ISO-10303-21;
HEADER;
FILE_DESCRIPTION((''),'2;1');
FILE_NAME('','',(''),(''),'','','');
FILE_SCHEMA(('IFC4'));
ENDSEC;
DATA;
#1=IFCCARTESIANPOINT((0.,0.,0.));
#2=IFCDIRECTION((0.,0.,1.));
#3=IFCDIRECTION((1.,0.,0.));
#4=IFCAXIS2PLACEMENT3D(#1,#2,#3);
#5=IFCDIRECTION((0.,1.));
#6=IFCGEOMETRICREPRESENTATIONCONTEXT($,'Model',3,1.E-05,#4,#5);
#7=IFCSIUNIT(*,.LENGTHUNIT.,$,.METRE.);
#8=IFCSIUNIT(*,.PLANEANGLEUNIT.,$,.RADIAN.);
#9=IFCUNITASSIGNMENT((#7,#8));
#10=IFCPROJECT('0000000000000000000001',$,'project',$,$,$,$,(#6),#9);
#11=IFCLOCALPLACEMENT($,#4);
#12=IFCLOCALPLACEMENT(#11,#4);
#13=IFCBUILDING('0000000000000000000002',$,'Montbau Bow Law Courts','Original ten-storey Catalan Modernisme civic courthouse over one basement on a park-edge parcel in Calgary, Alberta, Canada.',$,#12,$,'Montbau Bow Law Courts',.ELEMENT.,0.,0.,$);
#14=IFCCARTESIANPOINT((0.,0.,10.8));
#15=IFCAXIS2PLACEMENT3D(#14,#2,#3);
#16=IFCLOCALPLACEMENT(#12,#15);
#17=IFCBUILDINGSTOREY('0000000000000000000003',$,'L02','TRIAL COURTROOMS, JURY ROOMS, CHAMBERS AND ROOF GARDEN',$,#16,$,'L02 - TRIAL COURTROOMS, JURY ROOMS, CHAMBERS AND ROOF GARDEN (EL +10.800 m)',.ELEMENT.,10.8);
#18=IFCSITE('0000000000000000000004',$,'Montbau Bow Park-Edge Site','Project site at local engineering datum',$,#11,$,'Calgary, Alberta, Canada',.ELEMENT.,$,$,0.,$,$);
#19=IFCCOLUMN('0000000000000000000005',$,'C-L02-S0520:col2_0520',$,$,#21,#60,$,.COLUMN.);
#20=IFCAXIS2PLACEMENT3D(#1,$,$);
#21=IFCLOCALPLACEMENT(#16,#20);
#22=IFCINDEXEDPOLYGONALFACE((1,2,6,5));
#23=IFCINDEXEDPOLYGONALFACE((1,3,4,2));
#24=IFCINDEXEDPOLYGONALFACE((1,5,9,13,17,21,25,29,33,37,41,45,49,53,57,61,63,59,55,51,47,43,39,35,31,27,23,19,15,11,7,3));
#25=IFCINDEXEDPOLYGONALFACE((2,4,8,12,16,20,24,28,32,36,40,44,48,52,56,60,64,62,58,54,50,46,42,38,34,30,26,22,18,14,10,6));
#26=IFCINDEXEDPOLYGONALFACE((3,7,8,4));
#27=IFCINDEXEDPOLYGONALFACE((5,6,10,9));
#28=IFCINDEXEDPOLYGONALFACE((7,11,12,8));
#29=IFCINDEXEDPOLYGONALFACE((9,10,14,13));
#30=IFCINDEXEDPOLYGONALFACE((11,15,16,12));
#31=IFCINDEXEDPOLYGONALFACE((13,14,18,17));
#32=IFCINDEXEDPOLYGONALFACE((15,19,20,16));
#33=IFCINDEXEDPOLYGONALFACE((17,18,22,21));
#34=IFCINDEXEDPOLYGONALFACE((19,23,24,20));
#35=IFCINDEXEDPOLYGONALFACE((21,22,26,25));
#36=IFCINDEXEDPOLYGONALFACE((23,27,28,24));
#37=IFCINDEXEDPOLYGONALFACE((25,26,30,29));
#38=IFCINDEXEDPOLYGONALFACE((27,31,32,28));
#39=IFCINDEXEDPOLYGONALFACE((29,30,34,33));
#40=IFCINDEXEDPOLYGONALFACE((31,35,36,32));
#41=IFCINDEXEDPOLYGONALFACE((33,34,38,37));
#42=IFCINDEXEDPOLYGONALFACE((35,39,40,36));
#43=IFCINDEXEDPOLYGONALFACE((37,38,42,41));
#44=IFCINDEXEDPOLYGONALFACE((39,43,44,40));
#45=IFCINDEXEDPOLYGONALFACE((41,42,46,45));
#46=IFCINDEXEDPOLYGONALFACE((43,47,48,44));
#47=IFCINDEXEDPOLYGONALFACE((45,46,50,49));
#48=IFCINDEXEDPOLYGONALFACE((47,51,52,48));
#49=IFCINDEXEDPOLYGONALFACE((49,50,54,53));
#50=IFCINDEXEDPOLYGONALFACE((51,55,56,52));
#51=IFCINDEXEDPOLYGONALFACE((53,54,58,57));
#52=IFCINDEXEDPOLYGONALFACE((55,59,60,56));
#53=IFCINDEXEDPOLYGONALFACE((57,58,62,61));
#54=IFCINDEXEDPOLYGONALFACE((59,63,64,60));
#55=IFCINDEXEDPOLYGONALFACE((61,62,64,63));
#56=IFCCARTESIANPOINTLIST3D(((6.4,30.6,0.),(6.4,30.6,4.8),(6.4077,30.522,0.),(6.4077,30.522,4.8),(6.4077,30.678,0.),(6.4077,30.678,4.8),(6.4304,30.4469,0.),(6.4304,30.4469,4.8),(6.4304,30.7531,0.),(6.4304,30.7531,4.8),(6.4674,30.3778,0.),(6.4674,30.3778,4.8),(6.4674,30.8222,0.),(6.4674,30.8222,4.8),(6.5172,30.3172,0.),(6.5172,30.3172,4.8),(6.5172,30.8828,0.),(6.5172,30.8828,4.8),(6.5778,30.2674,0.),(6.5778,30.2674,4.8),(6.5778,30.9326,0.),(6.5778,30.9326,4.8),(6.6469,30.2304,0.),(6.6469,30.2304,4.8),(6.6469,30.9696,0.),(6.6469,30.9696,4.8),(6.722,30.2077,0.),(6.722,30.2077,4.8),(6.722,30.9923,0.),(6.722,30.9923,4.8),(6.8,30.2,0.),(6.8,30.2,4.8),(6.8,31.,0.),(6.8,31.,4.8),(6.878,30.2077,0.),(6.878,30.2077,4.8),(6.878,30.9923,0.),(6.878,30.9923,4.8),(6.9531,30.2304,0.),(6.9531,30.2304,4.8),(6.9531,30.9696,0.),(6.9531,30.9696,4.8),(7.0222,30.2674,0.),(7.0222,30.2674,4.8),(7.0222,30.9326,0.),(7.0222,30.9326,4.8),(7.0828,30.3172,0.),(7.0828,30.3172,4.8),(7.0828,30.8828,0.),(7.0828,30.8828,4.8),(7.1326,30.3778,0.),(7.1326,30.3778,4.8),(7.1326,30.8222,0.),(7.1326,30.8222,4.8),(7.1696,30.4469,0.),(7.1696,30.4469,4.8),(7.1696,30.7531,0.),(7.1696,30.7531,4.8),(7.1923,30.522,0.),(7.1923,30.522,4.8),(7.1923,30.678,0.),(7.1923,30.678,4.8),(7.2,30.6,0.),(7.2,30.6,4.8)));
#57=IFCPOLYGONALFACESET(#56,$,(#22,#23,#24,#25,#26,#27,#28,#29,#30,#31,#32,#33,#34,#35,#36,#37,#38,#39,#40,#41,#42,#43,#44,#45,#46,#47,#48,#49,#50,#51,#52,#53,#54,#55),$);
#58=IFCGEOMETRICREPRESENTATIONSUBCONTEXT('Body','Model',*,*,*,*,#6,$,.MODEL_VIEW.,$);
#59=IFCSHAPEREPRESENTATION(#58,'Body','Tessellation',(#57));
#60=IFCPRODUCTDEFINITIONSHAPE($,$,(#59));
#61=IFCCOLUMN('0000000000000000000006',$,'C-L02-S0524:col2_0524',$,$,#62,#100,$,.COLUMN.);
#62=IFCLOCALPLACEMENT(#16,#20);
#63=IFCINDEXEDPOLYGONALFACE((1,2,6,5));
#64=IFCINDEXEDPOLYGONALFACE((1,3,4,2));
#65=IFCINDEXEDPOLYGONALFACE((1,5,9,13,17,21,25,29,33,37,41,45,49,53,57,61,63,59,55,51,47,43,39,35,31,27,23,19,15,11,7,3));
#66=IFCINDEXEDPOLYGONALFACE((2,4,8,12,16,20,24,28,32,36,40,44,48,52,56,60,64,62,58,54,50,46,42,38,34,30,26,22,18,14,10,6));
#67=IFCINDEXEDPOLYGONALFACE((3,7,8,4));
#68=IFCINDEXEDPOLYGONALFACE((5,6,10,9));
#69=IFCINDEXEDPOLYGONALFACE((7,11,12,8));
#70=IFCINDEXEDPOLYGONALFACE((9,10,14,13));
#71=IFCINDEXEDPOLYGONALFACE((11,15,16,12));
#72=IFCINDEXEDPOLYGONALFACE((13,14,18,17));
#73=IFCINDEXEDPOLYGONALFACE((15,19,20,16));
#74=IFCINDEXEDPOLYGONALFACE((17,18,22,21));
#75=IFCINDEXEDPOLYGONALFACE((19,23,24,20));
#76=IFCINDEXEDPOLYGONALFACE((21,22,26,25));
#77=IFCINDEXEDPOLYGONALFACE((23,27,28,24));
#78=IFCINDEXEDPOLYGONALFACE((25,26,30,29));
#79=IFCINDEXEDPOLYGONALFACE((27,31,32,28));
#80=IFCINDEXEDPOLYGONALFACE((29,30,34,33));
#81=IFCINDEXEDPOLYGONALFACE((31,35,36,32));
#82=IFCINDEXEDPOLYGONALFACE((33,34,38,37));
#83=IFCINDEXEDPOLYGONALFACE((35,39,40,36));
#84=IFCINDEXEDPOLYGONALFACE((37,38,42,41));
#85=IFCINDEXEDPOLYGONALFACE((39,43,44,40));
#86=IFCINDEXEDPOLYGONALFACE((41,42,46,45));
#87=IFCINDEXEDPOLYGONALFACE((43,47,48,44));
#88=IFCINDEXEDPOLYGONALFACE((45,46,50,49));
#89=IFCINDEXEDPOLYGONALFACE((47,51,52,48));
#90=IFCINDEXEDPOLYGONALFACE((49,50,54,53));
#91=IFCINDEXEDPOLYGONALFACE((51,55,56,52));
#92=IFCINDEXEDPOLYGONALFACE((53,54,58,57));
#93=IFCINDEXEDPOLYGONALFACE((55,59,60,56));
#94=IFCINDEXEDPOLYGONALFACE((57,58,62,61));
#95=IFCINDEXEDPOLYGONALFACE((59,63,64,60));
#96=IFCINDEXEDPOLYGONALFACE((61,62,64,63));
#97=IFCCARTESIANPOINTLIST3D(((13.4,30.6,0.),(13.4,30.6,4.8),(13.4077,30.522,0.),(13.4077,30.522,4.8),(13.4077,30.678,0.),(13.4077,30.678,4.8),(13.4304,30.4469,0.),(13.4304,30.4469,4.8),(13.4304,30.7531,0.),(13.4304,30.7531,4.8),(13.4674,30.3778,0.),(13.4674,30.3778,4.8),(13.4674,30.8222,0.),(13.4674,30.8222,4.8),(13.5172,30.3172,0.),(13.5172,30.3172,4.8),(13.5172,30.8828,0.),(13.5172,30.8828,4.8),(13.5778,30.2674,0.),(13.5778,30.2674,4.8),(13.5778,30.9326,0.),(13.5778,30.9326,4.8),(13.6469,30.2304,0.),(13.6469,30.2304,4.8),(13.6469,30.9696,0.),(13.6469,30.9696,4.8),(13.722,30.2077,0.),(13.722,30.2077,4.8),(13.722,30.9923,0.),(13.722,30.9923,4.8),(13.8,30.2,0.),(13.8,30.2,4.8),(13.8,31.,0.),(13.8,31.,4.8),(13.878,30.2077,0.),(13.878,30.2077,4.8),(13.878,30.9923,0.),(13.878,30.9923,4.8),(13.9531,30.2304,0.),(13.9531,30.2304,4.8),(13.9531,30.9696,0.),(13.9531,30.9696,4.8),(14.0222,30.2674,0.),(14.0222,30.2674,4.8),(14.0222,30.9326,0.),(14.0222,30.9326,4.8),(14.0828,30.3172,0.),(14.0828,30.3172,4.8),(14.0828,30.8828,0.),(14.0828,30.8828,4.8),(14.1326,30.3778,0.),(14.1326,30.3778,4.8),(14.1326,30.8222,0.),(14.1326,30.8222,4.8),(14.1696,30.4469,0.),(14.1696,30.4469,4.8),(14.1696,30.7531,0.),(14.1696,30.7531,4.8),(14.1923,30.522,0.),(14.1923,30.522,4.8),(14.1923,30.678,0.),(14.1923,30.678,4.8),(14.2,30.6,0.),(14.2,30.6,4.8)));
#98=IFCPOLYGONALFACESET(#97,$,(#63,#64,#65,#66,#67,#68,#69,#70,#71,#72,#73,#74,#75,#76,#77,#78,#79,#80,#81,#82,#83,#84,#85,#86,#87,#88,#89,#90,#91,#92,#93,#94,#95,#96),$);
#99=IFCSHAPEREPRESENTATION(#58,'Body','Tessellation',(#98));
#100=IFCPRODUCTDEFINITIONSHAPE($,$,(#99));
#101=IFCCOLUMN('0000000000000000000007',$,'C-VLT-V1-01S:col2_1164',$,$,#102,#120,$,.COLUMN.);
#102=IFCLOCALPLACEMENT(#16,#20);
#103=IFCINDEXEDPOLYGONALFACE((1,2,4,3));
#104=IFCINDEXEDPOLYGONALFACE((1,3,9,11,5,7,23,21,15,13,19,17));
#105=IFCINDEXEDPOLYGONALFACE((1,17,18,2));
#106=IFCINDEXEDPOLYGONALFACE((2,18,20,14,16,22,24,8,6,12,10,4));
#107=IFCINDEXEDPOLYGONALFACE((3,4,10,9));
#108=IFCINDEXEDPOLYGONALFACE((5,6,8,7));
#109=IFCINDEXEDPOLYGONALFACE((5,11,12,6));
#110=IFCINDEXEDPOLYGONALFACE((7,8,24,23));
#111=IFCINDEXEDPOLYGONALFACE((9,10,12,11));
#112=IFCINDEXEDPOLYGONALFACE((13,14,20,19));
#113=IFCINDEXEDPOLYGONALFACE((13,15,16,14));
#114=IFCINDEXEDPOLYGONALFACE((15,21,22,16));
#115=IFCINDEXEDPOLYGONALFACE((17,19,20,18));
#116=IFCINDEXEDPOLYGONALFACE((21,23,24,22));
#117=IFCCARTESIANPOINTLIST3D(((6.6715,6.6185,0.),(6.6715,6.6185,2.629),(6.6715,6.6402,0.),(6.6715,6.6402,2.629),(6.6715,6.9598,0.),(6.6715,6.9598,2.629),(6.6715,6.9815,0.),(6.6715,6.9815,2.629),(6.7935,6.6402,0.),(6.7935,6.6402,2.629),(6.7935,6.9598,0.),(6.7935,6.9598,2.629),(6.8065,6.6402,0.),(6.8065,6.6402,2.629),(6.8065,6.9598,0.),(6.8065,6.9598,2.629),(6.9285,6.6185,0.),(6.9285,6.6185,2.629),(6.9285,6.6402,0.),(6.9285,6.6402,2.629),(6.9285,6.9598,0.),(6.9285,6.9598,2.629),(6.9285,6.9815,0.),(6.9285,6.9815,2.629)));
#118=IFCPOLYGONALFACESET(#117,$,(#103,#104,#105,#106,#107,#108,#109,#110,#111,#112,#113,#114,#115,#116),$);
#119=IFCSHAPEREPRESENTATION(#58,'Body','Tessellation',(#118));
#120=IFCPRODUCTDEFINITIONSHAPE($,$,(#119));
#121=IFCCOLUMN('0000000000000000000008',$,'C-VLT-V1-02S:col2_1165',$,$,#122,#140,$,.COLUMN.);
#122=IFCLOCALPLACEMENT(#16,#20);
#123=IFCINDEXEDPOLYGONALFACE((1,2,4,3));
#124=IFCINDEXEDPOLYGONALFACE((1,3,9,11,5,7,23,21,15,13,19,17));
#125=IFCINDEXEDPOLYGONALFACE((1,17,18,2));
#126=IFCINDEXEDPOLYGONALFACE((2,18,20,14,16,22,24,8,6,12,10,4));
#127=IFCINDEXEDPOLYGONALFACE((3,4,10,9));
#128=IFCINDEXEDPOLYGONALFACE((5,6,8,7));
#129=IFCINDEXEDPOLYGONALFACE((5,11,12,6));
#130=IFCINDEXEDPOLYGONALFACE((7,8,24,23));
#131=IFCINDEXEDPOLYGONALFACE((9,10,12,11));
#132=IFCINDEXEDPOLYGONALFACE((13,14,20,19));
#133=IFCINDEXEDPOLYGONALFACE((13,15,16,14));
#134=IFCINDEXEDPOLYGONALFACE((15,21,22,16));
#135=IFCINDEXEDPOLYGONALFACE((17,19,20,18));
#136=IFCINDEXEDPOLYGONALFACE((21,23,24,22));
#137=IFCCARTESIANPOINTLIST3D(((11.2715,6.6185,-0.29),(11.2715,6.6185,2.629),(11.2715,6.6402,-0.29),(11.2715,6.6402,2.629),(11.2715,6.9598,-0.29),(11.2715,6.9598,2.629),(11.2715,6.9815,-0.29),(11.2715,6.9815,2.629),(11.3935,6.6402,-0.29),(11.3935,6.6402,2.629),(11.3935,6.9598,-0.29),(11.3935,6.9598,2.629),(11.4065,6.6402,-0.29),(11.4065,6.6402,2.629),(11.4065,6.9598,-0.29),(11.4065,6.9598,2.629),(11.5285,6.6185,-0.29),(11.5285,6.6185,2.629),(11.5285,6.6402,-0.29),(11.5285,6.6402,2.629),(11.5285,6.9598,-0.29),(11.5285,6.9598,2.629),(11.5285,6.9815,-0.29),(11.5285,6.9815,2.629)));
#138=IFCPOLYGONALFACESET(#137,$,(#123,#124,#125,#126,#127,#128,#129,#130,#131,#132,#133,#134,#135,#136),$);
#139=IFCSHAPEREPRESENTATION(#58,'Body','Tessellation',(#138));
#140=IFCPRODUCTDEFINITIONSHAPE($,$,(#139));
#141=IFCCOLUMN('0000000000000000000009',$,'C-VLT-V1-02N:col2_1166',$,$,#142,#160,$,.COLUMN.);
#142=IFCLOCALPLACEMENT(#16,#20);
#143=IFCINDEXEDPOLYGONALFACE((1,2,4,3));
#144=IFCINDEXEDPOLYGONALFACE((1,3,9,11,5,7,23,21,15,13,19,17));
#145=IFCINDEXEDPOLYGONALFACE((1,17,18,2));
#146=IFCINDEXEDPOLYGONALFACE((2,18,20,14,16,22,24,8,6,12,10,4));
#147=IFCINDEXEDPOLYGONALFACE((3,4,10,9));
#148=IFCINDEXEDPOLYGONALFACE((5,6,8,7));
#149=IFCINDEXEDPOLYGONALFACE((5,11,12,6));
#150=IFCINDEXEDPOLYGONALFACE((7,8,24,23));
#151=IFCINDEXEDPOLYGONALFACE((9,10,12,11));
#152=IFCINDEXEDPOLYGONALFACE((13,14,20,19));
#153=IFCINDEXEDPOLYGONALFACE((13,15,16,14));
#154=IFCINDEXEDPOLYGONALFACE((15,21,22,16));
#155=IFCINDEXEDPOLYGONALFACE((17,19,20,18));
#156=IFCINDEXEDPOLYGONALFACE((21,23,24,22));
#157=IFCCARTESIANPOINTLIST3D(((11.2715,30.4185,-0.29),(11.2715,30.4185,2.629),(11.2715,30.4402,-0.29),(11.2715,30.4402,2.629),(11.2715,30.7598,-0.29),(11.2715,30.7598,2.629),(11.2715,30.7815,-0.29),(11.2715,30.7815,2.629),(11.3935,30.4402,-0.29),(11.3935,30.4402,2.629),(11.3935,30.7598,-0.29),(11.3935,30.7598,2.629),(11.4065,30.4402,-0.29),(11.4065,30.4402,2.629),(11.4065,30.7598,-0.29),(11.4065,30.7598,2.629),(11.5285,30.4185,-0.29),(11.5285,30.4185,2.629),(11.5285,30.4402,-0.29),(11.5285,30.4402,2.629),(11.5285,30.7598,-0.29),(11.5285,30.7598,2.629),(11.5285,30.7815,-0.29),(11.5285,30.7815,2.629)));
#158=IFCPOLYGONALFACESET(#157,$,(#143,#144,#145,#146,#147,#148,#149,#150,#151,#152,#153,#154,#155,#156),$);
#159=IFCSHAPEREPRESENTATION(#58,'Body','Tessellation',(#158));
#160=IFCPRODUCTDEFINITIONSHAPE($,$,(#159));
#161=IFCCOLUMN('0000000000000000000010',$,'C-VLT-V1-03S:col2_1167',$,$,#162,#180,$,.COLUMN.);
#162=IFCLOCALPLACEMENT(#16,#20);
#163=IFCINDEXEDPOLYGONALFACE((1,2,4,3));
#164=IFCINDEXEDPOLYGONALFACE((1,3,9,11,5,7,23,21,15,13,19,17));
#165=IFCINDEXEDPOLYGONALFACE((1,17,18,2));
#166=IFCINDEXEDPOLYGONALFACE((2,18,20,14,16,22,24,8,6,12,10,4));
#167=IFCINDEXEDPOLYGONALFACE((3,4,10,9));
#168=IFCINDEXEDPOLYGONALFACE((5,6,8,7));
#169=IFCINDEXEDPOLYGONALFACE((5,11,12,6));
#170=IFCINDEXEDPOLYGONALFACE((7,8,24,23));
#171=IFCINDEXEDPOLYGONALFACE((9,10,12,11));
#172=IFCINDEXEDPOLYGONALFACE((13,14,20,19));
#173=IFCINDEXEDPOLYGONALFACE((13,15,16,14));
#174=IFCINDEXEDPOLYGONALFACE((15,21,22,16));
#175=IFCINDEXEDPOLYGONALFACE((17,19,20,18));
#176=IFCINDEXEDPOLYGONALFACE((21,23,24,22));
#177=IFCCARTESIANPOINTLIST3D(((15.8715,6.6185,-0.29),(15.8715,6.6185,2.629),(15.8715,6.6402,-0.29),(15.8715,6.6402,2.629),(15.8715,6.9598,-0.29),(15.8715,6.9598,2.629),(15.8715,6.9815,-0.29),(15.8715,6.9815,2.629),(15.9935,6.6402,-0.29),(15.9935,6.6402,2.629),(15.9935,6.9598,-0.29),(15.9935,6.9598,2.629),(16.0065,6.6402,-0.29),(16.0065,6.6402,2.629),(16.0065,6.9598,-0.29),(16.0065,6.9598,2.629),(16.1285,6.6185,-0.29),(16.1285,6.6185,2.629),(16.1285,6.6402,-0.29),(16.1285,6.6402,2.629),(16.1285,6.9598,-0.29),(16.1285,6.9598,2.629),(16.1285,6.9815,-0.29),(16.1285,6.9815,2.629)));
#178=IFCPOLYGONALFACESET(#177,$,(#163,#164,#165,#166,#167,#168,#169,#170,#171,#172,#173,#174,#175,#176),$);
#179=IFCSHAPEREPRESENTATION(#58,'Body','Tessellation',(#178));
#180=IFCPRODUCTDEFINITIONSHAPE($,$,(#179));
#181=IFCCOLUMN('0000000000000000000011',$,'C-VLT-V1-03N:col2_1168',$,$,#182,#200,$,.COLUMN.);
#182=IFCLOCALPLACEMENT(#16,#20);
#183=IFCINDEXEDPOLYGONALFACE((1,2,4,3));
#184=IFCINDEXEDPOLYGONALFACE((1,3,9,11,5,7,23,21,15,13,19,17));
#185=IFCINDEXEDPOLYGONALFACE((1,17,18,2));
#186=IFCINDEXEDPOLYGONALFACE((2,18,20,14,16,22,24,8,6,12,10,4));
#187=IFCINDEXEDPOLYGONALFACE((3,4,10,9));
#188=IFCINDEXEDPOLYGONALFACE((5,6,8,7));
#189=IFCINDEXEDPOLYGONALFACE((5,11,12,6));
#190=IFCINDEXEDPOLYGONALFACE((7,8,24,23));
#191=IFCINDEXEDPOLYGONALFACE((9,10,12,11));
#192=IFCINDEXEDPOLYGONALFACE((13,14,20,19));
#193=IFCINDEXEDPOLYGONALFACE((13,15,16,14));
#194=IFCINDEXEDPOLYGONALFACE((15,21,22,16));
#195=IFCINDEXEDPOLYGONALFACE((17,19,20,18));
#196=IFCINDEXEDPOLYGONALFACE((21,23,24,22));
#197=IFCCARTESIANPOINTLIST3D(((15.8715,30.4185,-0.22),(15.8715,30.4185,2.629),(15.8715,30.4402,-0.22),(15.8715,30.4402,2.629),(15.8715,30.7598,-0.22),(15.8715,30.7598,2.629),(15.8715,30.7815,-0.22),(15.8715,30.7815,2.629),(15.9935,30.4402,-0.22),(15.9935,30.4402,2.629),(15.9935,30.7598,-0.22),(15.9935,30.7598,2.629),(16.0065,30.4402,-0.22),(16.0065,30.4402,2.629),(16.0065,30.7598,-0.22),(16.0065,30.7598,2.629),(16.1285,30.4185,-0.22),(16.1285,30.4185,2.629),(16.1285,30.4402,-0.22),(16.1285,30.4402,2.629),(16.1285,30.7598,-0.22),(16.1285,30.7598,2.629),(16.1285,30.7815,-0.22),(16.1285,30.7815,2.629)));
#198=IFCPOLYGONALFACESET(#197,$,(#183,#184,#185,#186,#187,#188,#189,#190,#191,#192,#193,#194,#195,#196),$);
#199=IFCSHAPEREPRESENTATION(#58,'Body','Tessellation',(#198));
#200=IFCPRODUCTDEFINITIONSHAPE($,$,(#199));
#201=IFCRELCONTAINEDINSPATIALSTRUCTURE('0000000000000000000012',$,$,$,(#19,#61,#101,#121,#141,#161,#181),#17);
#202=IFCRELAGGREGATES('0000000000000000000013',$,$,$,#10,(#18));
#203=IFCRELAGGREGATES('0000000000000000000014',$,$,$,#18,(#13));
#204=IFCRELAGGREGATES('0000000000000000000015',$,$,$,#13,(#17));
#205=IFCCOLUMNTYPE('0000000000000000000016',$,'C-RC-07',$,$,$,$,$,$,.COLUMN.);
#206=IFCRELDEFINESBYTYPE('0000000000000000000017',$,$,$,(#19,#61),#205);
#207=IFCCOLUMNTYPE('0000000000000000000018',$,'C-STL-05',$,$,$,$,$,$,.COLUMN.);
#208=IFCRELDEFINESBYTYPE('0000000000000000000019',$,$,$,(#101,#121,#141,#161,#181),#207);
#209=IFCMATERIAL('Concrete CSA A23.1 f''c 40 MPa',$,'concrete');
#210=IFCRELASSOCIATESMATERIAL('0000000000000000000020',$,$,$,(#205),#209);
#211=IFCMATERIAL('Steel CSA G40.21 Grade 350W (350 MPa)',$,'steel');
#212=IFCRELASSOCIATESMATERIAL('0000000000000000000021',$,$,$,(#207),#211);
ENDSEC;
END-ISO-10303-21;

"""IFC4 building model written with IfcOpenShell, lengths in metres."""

from ifc_helpers import new_model, si_unit, direction, frame, origin_with_axes, origin_2d_with_axis, place, context, subcontext, project, spatial, circle, i_section, extrude, material, material_profile, profile_set, type_object, element, save


model = new_model("IFC4")

# Units and contexts
model_context = context("Model", 3, precision=1e-05, world=origin_with_axes(), true_north=direction((0.0, 1.0)))
body_context = subcontext(model_context, "Body", "Model", "MODEL_VIEW")
ifc_project = project(units=[si_unit("LENGTHUNIT", "METRE"), si_unit("PLANEANGLEUNIT", "RADIAN")], contexts=[model_context])

# Site, building, storey
site_placement = place(None, origin_with_axes())
site = spatial("IfcSite", under=ifc_project, at=site_placement, Name="Montbau Bow Park-Edge Site", Description="Project site at local engineering datum", LongName="Calgary, Alberta, Canada", CompositionType="ELEMENT", RefElevation=0.0)
building_placement = place(site_placement, origin_with_axes())
building = spatial("IfcBuilding", under=site, at=building_placement, Name="Montbau Bow Law Courts", Description="Original ten-storey Catalan Modernisme civic courthouse over one basement on a park-edge parcel in Calgary, Alberta, Canada.", LongName="Montbau Bow Law Courts", CompositionType="ELEMENT", ElevationOfRefHeight=0.0, ElevationOfTerrain=0.0)
storey_placement = place(building_placement, frame((0.0, 0.0, 10.8), z_axis=(0.0, 0.0, 1.0), x_axis=(1.0, 0.0, 0.0)))
storey = spatial("IfcBuildingStorey", under=building, at=storey_placement, Name="L02", Description="TRIAL COURTROOMS, JURY ROOMS, CHAMBERS AND ROOF GARDEN", LongName="L02 - TRIAL COURTROOMS, JURY ROOMS, CHAMBERS AND ROOF GARDEN (EL +10.800 m)", CompositionType="ELEMENT", Elevation=10.8)

# Columns
ifc_material_1 = material(Name="Concrete CSA A23.1 f'c 40 MPa", Category="concrete")
ifc_material_profile_1 = material_profile(ifc_material_1, circle(Radius=0.4, at=origin_2d_with_axis()), Name="RC800D", Category="Main", Priority=0)
ifc_profile_set_1 = profile_set([ifc_material_profile_1], Name="Concrete CSA A23.1 f'c 40 MPa")
column_type_1 = type_object("IfcColumnType", Name="C-RC-07", PredefinedType="COLUMN", material=ifc_profile_set_1)
for number, where, z_axis, x_axis, name in (
    (1, (6.8, 30.6, 10.8), (0.0, 0.0, 1.0), (1.0, 0.0, 0.0), "C-L02-S0520:col2_0520"),
    (2, (13.8, 30.6, 10.8), (0.0, 0.0, 1.0), (1.0, 0.0, 0.0), "C-L02-S0524:col2_0524"),
):
    element("IfcColumn", number, at=place(None, frame(where, z_axis=z_axis, x_axis=x_axis)), inside=storey, type_object=column_type_1, Name=name, PredefinedType="COLUMN", context=body_context, shape_type="SweptSolid", body=[
        extrude(circle(Radius=0.4, at=origin_2d_with_axis()), origin_with_axes(), (0.0, 0.0, 1.0), 4.8),
    ])
ifc_material_2 = material(Name="Steel CSA G40.21 Grade 350W (350 MPa)", Category="steel")
ifc_material_profile_2 = material_profile(ifc_material_2, i_section(OverallWidth=0.257, OverallDepth=0.363, WebThickness=0.013, FlangeThickness=0.0217, at=origin_2d_with_axis()), Name="W360X122", Category="Main", Priority=0)
ifc_profile_set_2 = profile_set([ifc_material_profile_2], Name="Steel CSA G40.21 Grade 350W (350 MPa)")
column_type_2 = type_object("IfcColumnType", Name="C-STL-05", PredefinedType="COLUMN", material=ifc_profile_set_2)
column_1_placement = place(None, frame((6.8, 6.8, 10.8), z_axis=(0.0, 0.0, 1.0), x_axis=(1.0, 0.0, 0.0)))
element("IfcColumn", 3, at=column_1_placement, inside=storey, type_object=column_type_2, Name="C-VLT-V1-01S:col2_1164", PredefinedType="COLUMN", context=body_context, shape_type="SweptSolid", body=[
    extrude(i_section(OverallWidth=0.257, OverallDepth=0.363, WebThickness=0.013, FlangeThickness=0.0217, at=origin_2d_with_axis()), origin_with_axes(), (0.0, 0.0, 1.0), 2.629),
])
for number, where, z_axis, x_axis, name in (
    (4, (11.4, 6.8, 10.51), (0.0, 0.0, 1.0), (1.0, 0.0, 0.0), "C-VLT-V1-02S:col2_1165"),
    (5, (11.4, 30.6, 10.51), (0.0, 0.0, 1.0), (1.0, 0.0, 0.0), "C-VLT-V1-02N:col2_1166"),
    (6, (16.0, 6.8, 10.51), (0.0, 0.0, 1.0), (1.0, 0.0, 0.0), "C-VLT-V1-03S:col2_1167"),
):
    element("IfcColumn", number, at=place(None, frame(where, z_axis=z_axis, x_axis=x_axis)), inside=storey, type_object=column_type_2, Name=name, PredefinedType="COLUMN", context=body_context, shape_type="SweptSolid", body=[
        extrude(i_section(OverallWidth=0.257, OverallDepth=0.363, WebThickness=0.013, FlangeThickness=0.0217, at=origin_2d_with_axis()), origin_with_axes(), (0.0, 0.0, 1.0), 2.919),
    ])
column_2_placement = place(None, frame((16.0, 30.6, 10.58), z_axis=(0.0, 0.0, 1.0), x_axis=(1.0, 0.0, 0.0)))
element("IfcColumn", 7, at=column_2_placement, inside=storey, type_object=column_type_2, Name="C-VLT-V1-03N:col2_1168", PredefinedType="COLUMN", context=body_context, shape_type="SweptSolid", body=[
    extrude(i_section(OverallWidth=0.257, OverallDepth=0.363, WebThickness=0.013, FlangeThickness=0.0217, at=origin_2d_with_axis()), origin_with_axes(), (0.0, 0.0, 1.0), 2.849),
])

save(model, "model.ifc")
